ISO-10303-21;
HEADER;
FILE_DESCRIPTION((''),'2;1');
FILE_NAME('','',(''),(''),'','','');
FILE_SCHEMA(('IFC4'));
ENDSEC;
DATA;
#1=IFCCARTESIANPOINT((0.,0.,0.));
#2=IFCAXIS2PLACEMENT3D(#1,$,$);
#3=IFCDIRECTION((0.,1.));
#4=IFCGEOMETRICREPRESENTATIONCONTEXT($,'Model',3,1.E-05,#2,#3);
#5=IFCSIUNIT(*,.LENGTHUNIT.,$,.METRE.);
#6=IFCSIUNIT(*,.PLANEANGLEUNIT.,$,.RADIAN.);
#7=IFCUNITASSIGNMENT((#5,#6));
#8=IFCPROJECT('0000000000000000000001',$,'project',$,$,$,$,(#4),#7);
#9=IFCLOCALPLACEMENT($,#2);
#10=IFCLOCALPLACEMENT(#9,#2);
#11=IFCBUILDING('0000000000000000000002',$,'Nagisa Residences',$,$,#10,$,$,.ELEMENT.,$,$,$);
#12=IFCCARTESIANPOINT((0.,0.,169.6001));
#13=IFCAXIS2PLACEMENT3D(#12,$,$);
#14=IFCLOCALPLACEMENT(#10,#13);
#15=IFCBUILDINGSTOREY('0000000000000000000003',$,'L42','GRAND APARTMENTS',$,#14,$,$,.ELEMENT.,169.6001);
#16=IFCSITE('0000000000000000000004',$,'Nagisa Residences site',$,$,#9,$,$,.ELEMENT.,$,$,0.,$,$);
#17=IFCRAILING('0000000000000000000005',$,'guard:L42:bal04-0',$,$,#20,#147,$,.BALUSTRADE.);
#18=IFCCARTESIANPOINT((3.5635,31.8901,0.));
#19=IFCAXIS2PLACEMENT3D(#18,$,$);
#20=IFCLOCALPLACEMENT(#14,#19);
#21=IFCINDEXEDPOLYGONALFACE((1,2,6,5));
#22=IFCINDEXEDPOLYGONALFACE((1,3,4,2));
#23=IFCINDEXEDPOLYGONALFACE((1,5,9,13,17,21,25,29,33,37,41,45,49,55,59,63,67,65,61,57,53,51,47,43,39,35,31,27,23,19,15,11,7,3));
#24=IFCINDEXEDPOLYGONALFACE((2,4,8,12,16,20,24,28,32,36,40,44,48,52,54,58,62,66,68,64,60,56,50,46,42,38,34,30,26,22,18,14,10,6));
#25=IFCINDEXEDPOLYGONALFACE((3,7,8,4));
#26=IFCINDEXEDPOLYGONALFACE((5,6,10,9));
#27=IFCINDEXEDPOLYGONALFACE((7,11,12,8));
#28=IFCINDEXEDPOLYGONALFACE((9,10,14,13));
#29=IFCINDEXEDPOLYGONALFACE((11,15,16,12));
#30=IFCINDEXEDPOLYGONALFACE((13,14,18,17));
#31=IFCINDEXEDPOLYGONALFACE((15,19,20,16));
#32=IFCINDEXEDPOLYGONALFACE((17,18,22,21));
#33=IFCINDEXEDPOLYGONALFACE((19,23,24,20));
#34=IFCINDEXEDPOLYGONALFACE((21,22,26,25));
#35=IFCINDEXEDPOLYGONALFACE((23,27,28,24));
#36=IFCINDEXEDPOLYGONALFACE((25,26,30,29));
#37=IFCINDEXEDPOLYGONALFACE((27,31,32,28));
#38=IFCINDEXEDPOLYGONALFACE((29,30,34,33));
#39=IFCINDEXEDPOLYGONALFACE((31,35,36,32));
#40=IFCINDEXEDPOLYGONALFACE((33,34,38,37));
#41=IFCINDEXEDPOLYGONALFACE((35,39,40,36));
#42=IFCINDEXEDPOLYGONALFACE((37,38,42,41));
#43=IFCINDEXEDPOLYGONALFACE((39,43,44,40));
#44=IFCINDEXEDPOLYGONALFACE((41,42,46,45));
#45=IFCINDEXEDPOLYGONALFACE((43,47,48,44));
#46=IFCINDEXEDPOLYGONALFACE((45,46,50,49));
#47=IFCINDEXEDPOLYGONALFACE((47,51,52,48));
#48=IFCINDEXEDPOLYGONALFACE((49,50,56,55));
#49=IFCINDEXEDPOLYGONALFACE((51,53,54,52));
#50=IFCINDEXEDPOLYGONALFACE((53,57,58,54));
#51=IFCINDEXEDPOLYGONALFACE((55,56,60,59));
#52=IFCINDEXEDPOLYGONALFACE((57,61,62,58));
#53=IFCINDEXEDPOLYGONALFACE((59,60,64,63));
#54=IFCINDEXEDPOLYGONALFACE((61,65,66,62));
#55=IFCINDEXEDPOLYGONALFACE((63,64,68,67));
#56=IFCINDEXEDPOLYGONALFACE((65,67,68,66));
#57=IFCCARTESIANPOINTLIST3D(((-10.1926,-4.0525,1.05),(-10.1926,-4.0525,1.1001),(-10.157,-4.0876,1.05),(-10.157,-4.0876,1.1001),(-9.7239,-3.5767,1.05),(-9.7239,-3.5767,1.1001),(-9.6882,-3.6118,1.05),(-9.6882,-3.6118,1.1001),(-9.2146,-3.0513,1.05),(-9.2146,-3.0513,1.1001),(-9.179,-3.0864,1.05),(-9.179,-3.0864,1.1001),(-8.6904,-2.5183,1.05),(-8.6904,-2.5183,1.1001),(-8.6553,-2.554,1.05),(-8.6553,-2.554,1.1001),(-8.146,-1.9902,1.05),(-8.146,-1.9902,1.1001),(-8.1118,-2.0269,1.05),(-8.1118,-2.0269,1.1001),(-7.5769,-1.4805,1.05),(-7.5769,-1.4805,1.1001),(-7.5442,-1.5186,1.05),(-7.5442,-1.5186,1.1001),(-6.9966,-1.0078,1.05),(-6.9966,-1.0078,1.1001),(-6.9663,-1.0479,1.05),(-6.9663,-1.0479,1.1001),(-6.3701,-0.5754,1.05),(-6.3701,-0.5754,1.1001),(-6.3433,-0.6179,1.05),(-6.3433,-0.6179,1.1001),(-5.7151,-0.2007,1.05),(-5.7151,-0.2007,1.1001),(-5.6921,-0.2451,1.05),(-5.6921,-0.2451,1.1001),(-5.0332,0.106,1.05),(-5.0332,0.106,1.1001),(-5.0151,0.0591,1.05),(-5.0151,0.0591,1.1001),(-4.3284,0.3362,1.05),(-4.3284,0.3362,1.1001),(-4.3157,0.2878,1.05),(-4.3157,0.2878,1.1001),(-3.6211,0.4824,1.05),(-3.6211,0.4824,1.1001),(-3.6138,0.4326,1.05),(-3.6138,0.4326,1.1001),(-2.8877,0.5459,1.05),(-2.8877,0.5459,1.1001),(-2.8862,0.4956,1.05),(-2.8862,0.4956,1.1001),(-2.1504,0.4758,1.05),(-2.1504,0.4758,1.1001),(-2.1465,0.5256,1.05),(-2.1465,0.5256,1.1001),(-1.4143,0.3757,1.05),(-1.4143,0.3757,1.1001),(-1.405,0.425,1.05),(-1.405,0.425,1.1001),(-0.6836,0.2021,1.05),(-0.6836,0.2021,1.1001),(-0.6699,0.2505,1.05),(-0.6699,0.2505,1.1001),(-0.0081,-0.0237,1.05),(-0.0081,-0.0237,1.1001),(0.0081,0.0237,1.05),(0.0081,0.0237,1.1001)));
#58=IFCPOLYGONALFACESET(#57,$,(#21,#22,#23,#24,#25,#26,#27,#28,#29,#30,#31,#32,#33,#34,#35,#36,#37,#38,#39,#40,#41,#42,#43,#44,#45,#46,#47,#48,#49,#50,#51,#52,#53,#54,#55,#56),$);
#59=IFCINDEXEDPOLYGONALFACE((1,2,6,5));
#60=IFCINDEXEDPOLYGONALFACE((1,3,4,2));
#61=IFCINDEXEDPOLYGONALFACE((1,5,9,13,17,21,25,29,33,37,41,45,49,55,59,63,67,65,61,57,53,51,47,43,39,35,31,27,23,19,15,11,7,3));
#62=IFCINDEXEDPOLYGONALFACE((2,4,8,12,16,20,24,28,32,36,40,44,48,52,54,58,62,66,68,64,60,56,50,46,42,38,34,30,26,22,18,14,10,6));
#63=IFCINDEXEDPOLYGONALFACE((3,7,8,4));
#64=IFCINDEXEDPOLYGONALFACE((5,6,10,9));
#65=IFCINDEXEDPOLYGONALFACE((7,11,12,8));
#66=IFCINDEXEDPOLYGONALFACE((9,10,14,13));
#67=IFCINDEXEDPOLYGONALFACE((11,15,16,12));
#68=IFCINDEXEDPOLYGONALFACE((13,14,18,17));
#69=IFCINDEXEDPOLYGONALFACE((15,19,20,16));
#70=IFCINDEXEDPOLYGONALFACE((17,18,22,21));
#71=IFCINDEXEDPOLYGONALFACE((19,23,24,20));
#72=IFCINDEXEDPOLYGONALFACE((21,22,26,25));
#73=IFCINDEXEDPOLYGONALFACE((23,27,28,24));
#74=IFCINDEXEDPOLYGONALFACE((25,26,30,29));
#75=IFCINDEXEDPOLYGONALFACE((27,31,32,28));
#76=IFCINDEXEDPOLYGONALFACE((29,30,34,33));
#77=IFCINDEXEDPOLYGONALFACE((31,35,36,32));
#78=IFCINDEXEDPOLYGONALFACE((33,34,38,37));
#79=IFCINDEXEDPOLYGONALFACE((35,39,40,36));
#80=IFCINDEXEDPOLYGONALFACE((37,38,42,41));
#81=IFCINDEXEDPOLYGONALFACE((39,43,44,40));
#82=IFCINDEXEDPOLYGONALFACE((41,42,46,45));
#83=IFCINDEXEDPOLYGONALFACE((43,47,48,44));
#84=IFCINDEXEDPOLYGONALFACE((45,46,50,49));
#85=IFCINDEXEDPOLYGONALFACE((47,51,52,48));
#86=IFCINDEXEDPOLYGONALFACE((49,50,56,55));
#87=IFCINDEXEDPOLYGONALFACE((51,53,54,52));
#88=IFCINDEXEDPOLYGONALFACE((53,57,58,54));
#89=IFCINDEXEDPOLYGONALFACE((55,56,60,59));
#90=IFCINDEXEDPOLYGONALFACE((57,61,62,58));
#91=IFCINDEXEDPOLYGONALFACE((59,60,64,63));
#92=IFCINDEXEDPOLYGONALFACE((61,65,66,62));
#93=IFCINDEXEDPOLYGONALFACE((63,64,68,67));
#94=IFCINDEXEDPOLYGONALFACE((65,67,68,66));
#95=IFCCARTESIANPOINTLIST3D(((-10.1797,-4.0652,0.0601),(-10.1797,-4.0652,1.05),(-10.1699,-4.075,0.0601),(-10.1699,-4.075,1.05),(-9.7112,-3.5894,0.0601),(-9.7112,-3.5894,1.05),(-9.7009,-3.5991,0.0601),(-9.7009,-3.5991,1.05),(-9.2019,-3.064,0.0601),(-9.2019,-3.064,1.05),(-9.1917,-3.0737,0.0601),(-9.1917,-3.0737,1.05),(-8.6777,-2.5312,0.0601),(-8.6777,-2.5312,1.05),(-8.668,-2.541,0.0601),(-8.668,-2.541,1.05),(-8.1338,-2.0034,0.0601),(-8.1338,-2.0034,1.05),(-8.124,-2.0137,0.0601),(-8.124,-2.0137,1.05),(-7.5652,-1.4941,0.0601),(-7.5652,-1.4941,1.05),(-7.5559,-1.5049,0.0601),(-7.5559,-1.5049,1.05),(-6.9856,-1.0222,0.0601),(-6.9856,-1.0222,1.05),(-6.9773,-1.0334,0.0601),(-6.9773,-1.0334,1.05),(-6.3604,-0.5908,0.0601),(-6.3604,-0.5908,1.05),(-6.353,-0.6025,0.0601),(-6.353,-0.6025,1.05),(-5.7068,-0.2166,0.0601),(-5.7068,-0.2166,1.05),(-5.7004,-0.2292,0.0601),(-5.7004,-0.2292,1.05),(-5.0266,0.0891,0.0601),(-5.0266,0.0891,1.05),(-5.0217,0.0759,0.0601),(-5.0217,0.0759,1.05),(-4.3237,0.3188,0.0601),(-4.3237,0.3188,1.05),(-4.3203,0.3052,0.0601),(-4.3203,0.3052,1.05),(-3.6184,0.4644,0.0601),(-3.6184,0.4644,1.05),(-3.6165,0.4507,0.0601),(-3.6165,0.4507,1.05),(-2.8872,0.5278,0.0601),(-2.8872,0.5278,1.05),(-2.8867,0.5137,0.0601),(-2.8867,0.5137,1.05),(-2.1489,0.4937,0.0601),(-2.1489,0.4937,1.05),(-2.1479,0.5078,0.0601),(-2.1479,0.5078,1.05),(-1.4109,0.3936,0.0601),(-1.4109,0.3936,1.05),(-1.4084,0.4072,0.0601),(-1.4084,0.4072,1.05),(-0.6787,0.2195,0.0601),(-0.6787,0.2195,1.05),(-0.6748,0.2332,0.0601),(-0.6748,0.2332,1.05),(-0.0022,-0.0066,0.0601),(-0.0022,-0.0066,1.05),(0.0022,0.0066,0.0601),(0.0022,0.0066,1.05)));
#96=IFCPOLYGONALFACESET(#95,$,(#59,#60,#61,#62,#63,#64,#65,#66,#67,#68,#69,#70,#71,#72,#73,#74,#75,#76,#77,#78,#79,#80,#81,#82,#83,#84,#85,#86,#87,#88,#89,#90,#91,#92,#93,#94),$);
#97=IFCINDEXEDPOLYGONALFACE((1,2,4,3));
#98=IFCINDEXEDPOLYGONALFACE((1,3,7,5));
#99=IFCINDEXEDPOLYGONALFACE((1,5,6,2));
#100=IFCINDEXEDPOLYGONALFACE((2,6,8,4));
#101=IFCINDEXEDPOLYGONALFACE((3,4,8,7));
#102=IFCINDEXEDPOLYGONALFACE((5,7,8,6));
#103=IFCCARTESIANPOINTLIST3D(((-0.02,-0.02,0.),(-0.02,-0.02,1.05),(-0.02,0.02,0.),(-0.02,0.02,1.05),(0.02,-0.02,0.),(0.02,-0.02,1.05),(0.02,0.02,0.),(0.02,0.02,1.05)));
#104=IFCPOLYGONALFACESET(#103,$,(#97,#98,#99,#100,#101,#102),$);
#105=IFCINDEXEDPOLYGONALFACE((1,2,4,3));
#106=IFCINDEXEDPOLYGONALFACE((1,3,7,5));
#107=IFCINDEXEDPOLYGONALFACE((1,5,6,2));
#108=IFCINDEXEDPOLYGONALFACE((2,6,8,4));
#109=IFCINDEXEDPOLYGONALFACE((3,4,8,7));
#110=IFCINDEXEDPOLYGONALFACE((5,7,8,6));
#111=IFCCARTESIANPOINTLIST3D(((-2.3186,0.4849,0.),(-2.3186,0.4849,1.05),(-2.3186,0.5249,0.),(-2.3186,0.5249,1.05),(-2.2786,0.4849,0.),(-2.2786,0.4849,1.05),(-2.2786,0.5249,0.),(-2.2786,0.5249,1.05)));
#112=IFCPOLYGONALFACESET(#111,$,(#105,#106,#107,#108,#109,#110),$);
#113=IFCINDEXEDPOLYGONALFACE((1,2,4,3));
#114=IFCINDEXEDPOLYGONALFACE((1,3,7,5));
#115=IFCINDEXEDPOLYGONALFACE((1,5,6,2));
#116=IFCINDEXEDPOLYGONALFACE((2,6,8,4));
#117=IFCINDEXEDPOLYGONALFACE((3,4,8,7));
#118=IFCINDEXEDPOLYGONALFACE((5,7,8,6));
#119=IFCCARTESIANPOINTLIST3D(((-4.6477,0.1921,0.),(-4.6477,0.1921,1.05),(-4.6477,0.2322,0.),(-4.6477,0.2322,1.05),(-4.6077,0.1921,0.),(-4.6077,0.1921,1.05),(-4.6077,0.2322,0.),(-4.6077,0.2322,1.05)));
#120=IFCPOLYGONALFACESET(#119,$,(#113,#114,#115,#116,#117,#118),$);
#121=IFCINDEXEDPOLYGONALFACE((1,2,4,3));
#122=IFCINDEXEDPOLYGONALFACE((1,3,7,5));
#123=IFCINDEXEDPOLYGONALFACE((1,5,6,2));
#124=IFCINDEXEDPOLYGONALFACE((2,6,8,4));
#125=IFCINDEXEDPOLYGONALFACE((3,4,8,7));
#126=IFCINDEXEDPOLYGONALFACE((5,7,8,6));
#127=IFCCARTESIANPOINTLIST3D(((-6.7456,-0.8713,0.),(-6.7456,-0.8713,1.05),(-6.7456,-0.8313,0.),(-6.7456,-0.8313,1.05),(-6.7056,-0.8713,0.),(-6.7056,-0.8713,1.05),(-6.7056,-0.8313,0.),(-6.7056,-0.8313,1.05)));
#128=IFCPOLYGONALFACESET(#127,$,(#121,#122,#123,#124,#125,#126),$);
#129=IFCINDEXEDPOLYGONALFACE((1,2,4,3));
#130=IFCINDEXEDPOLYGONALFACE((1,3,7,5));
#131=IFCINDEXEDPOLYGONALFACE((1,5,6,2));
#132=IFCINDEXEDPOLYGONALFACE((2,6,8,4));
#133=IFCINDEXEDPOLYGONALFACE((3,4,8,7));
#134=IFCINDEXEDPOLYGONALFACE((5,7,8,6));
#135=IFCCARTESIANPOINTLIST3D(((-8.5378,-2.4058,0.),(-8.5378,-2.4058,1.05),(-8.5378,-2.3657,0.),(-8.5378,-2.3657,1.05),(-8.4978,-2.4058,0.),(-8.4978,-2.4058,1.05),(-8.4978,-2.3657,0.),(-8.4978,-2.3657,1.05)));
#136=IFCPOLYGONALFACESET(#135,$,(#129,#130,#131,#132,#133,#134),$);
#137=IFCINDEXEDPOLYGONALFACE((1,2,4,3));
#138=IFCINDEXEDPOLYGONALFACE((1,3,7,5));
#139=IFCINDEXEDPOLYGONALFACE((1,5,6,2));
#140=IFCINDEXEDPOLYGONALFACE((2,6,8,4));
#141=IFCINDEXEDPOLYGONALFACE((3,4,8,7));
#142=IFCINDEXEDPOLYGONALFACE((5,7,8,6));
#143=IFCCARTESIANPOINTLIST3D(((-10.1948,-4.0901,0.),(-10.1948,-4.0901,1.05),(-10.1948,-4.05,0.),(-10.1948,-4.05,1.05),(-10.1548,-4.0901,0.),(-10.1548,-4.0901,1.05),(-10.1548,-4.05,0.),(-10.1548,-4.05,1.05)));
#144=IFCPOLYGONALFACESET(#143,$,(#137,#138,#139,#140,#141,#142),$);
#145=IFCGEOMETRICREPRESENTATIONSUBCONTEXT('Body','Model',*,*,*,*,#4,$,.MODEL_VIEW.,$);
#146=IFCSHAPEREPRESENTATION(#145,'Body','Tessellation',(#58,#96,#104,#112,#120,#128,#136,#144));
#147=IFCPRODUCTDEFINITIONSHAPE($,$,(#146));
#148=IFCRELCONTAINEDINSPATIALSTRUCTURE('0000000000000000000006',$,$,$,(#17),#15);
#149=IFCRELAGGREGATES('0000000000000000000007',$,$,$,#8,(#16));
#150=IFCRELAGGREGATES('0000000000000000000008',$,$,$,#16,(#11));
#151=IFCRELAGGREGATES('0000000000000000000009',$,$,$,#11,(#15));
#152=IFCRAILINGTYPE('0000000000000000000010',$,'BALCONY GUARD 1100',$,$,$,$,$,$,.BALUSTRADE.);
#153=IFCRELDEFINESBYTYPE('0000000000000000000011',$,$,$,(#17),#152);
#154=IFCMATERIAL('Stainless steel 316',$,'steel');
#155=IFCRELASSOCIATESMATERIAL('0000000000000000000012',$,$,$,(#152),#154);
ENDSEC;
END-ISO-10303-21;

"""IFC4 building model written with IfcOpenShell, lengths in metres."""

from ifc_helpers import new_model, si_unit, direction, frame, origin, origin_2d, place, context, subcontext, project, spatial, polyline, rectangle, outline, extrude, material, type_object, element, save


model = new_model("IFC4")

# Units and contexts
model_context = context("Model", 3, precision=1e-05, world=origin(), true_north=direction((0.0, 1.0)))
body_context = subcontext(model_context, "Body", "Model", "MODEL_VIEW")
ifc_project = project(units=[si_unit("LENGTHUNIT", "METRE"), si_unit("PLANEANGLEUNIT", "RADIAN")], contexts=[model_context])

# Site, building, storey
site_placement = place(None, origin())
site = spatial("IfcSite", under=ifc_project, at=site_placement, Name="Nagisa Residences site", CompositionType="ELEMENT", RefElevation=0.0)
building_placement = place(site_placement, origin())
building = spatial("IfcBuilding", under=site, at=building_placement, Name="Nagisa Residences", CompositionType="ELEMENT")
storey_placement = place(building_placement, frame((0.0, 0.0, 169.6001)))
storey = spatial("IfcBuildingStorey", under=building, at=storey_placement, Name="L42", Description="GRAND APARTMENTS", CompositionType="ELEMENT", Elevation=169.6001)

# Railing
ifc_material_1 = material(Name="Stainless steel 316", Category="steel")
railing_type = type_object("IfcRailingType", Name="BALCONY GUARD 1100", PredefinedType="BALUSTRADE", material=ifc_material_1)
railing_placement = place(storey_placement, frame((3.5635, 31.8901, 0.0)))
element("IfcRailing", 1, at=railing_placement, inside=storey, type_object=railing_type, Name="guard:L42:bal04-0", PredefinedType="BALUSTRADE", context=body_context, shape_type="SweptSolid", body=[
    extrude(outline(polyline([(-0.6836, 0.2021), (-0.0081, -0.0237), (0.0081, 0.0237), (-0.6699, 0.2505), (-1.405, 0.425), (-2.1465, 0.5256), (-2.8877, 0.5459), (-3.6211, 0.4824), (-4.3284, 0.3362), (-5.0332, 0.106), (-5.7151, -0.2007), (-6.3701, -0.5754), (-6.9966, -1.0078), (-7.5769, -1.4805), (-8.146, -1.9902), (-8.6904, -2.5183), (-9.2146, -3.0513), (-9.7239, -3.5767), (-10.1926, -4.0525), (-10.157, -4.0876), (-9.6882, -3.6118), (-9.179, -3.0864), (-8.6553, -2.554), (-8.1118, -2.0269), (-7.5442, -1.5186), (-6.9663, -1.0479), (-6.3433, -0.6179), (-5.6921, -0.2451), (-5.0151, 0.0591), (-4.3157, 0.2878), (-3.6138, 0.4326), (-2.8862, 0.4956), (-2.1504, 0.4758), (-1.4143, 0.3757), (-0.6836, 0.2021)])), frame((0.0, 0.0, 1.05)), (0.0, 0.0, 1.0), 0.05),
    extrude(outline(polyline([(-0.6787, 0.2195), (-0.0022, -0.0066), (0.0022, 0.0066), (-0.6748, 0.2332), (-1.4084, 0.4072), (-2.1479, 0.5078), (-2.8872, 0.5278), (-3.6184, 0.4644), (-4.3237, 0.3188), (-5.0266, 0.0891), (-5.7068, -0.2166), (-6.3604, -0.5908), (-6.9856, -1.0222), (-7.5652, -1.4941), (-8.1338, -2.0034), (-8.6777, -2.5312), (-9.2019, -3.064), (-9.7112, -3.5894), (-10.1797, -4.0652), (-10.1699, -4.075), (-9.7009, -3.5991), (-9.1917, -3.0737), (-8.668, -2.541), (-8.124, -2.0137), (-7.5559, -1.5049), (-6.9773, -1.0334), (-6.353, -0.6025), (-5.7004, -0.2292), (-5.0217, 0.0759), (-4.3203, 0.3052), (-3.6165, 0.4507), (-2.8867, 0.5137), (-2.1489, 0.4937), (-1.4109, 0.3936), (-0.6787, 0.2195)])), frame((0.0, 0.0, 0.0601)), (0.0, 0.0, 1.0), 0.99),
    extrude(rectangle(XDim=0.04, YDim=0.04, at=origin_2d()), origin(), (0.0, 0.0, 1.0), 1.05),
    extrude(rectangle(XDim=0.04, YDim=0.04, at=origin_2d()), frame((-2.2986, 0.5049, 0.0)), (0.0, 0.0, 1.0), 1.05),
    extrude(rectangle(XDim=0.04, YDim=0.04, at=origin_2d()), frame((-4.6277, 0.2122, 0.0)), (0.0, 0.0, 1.0), 1.05),
    extrude(rectangle(XDim=0.04, YDim=0.04, at=origin_2d()), frame((-6.7256, -0.8513, 0.0)), (0.0, 0.0, 1.0), 1.05),
    extrude(rectangle(XDim=0.04, YDim=0.04, at=origin_2d()), frame((-8.5178, -2.3857, 0.0)), (0.0, 0.0, 1.0), 1.05),
    extrude(rectangle(XDim=0.04, YDim=0.04, at=origin_2d()), frame((-10.1748, -4.0701, 0.0)), (0.0, 0.0, 1.0), 1.05),
])

save(model, "model.ifc")
